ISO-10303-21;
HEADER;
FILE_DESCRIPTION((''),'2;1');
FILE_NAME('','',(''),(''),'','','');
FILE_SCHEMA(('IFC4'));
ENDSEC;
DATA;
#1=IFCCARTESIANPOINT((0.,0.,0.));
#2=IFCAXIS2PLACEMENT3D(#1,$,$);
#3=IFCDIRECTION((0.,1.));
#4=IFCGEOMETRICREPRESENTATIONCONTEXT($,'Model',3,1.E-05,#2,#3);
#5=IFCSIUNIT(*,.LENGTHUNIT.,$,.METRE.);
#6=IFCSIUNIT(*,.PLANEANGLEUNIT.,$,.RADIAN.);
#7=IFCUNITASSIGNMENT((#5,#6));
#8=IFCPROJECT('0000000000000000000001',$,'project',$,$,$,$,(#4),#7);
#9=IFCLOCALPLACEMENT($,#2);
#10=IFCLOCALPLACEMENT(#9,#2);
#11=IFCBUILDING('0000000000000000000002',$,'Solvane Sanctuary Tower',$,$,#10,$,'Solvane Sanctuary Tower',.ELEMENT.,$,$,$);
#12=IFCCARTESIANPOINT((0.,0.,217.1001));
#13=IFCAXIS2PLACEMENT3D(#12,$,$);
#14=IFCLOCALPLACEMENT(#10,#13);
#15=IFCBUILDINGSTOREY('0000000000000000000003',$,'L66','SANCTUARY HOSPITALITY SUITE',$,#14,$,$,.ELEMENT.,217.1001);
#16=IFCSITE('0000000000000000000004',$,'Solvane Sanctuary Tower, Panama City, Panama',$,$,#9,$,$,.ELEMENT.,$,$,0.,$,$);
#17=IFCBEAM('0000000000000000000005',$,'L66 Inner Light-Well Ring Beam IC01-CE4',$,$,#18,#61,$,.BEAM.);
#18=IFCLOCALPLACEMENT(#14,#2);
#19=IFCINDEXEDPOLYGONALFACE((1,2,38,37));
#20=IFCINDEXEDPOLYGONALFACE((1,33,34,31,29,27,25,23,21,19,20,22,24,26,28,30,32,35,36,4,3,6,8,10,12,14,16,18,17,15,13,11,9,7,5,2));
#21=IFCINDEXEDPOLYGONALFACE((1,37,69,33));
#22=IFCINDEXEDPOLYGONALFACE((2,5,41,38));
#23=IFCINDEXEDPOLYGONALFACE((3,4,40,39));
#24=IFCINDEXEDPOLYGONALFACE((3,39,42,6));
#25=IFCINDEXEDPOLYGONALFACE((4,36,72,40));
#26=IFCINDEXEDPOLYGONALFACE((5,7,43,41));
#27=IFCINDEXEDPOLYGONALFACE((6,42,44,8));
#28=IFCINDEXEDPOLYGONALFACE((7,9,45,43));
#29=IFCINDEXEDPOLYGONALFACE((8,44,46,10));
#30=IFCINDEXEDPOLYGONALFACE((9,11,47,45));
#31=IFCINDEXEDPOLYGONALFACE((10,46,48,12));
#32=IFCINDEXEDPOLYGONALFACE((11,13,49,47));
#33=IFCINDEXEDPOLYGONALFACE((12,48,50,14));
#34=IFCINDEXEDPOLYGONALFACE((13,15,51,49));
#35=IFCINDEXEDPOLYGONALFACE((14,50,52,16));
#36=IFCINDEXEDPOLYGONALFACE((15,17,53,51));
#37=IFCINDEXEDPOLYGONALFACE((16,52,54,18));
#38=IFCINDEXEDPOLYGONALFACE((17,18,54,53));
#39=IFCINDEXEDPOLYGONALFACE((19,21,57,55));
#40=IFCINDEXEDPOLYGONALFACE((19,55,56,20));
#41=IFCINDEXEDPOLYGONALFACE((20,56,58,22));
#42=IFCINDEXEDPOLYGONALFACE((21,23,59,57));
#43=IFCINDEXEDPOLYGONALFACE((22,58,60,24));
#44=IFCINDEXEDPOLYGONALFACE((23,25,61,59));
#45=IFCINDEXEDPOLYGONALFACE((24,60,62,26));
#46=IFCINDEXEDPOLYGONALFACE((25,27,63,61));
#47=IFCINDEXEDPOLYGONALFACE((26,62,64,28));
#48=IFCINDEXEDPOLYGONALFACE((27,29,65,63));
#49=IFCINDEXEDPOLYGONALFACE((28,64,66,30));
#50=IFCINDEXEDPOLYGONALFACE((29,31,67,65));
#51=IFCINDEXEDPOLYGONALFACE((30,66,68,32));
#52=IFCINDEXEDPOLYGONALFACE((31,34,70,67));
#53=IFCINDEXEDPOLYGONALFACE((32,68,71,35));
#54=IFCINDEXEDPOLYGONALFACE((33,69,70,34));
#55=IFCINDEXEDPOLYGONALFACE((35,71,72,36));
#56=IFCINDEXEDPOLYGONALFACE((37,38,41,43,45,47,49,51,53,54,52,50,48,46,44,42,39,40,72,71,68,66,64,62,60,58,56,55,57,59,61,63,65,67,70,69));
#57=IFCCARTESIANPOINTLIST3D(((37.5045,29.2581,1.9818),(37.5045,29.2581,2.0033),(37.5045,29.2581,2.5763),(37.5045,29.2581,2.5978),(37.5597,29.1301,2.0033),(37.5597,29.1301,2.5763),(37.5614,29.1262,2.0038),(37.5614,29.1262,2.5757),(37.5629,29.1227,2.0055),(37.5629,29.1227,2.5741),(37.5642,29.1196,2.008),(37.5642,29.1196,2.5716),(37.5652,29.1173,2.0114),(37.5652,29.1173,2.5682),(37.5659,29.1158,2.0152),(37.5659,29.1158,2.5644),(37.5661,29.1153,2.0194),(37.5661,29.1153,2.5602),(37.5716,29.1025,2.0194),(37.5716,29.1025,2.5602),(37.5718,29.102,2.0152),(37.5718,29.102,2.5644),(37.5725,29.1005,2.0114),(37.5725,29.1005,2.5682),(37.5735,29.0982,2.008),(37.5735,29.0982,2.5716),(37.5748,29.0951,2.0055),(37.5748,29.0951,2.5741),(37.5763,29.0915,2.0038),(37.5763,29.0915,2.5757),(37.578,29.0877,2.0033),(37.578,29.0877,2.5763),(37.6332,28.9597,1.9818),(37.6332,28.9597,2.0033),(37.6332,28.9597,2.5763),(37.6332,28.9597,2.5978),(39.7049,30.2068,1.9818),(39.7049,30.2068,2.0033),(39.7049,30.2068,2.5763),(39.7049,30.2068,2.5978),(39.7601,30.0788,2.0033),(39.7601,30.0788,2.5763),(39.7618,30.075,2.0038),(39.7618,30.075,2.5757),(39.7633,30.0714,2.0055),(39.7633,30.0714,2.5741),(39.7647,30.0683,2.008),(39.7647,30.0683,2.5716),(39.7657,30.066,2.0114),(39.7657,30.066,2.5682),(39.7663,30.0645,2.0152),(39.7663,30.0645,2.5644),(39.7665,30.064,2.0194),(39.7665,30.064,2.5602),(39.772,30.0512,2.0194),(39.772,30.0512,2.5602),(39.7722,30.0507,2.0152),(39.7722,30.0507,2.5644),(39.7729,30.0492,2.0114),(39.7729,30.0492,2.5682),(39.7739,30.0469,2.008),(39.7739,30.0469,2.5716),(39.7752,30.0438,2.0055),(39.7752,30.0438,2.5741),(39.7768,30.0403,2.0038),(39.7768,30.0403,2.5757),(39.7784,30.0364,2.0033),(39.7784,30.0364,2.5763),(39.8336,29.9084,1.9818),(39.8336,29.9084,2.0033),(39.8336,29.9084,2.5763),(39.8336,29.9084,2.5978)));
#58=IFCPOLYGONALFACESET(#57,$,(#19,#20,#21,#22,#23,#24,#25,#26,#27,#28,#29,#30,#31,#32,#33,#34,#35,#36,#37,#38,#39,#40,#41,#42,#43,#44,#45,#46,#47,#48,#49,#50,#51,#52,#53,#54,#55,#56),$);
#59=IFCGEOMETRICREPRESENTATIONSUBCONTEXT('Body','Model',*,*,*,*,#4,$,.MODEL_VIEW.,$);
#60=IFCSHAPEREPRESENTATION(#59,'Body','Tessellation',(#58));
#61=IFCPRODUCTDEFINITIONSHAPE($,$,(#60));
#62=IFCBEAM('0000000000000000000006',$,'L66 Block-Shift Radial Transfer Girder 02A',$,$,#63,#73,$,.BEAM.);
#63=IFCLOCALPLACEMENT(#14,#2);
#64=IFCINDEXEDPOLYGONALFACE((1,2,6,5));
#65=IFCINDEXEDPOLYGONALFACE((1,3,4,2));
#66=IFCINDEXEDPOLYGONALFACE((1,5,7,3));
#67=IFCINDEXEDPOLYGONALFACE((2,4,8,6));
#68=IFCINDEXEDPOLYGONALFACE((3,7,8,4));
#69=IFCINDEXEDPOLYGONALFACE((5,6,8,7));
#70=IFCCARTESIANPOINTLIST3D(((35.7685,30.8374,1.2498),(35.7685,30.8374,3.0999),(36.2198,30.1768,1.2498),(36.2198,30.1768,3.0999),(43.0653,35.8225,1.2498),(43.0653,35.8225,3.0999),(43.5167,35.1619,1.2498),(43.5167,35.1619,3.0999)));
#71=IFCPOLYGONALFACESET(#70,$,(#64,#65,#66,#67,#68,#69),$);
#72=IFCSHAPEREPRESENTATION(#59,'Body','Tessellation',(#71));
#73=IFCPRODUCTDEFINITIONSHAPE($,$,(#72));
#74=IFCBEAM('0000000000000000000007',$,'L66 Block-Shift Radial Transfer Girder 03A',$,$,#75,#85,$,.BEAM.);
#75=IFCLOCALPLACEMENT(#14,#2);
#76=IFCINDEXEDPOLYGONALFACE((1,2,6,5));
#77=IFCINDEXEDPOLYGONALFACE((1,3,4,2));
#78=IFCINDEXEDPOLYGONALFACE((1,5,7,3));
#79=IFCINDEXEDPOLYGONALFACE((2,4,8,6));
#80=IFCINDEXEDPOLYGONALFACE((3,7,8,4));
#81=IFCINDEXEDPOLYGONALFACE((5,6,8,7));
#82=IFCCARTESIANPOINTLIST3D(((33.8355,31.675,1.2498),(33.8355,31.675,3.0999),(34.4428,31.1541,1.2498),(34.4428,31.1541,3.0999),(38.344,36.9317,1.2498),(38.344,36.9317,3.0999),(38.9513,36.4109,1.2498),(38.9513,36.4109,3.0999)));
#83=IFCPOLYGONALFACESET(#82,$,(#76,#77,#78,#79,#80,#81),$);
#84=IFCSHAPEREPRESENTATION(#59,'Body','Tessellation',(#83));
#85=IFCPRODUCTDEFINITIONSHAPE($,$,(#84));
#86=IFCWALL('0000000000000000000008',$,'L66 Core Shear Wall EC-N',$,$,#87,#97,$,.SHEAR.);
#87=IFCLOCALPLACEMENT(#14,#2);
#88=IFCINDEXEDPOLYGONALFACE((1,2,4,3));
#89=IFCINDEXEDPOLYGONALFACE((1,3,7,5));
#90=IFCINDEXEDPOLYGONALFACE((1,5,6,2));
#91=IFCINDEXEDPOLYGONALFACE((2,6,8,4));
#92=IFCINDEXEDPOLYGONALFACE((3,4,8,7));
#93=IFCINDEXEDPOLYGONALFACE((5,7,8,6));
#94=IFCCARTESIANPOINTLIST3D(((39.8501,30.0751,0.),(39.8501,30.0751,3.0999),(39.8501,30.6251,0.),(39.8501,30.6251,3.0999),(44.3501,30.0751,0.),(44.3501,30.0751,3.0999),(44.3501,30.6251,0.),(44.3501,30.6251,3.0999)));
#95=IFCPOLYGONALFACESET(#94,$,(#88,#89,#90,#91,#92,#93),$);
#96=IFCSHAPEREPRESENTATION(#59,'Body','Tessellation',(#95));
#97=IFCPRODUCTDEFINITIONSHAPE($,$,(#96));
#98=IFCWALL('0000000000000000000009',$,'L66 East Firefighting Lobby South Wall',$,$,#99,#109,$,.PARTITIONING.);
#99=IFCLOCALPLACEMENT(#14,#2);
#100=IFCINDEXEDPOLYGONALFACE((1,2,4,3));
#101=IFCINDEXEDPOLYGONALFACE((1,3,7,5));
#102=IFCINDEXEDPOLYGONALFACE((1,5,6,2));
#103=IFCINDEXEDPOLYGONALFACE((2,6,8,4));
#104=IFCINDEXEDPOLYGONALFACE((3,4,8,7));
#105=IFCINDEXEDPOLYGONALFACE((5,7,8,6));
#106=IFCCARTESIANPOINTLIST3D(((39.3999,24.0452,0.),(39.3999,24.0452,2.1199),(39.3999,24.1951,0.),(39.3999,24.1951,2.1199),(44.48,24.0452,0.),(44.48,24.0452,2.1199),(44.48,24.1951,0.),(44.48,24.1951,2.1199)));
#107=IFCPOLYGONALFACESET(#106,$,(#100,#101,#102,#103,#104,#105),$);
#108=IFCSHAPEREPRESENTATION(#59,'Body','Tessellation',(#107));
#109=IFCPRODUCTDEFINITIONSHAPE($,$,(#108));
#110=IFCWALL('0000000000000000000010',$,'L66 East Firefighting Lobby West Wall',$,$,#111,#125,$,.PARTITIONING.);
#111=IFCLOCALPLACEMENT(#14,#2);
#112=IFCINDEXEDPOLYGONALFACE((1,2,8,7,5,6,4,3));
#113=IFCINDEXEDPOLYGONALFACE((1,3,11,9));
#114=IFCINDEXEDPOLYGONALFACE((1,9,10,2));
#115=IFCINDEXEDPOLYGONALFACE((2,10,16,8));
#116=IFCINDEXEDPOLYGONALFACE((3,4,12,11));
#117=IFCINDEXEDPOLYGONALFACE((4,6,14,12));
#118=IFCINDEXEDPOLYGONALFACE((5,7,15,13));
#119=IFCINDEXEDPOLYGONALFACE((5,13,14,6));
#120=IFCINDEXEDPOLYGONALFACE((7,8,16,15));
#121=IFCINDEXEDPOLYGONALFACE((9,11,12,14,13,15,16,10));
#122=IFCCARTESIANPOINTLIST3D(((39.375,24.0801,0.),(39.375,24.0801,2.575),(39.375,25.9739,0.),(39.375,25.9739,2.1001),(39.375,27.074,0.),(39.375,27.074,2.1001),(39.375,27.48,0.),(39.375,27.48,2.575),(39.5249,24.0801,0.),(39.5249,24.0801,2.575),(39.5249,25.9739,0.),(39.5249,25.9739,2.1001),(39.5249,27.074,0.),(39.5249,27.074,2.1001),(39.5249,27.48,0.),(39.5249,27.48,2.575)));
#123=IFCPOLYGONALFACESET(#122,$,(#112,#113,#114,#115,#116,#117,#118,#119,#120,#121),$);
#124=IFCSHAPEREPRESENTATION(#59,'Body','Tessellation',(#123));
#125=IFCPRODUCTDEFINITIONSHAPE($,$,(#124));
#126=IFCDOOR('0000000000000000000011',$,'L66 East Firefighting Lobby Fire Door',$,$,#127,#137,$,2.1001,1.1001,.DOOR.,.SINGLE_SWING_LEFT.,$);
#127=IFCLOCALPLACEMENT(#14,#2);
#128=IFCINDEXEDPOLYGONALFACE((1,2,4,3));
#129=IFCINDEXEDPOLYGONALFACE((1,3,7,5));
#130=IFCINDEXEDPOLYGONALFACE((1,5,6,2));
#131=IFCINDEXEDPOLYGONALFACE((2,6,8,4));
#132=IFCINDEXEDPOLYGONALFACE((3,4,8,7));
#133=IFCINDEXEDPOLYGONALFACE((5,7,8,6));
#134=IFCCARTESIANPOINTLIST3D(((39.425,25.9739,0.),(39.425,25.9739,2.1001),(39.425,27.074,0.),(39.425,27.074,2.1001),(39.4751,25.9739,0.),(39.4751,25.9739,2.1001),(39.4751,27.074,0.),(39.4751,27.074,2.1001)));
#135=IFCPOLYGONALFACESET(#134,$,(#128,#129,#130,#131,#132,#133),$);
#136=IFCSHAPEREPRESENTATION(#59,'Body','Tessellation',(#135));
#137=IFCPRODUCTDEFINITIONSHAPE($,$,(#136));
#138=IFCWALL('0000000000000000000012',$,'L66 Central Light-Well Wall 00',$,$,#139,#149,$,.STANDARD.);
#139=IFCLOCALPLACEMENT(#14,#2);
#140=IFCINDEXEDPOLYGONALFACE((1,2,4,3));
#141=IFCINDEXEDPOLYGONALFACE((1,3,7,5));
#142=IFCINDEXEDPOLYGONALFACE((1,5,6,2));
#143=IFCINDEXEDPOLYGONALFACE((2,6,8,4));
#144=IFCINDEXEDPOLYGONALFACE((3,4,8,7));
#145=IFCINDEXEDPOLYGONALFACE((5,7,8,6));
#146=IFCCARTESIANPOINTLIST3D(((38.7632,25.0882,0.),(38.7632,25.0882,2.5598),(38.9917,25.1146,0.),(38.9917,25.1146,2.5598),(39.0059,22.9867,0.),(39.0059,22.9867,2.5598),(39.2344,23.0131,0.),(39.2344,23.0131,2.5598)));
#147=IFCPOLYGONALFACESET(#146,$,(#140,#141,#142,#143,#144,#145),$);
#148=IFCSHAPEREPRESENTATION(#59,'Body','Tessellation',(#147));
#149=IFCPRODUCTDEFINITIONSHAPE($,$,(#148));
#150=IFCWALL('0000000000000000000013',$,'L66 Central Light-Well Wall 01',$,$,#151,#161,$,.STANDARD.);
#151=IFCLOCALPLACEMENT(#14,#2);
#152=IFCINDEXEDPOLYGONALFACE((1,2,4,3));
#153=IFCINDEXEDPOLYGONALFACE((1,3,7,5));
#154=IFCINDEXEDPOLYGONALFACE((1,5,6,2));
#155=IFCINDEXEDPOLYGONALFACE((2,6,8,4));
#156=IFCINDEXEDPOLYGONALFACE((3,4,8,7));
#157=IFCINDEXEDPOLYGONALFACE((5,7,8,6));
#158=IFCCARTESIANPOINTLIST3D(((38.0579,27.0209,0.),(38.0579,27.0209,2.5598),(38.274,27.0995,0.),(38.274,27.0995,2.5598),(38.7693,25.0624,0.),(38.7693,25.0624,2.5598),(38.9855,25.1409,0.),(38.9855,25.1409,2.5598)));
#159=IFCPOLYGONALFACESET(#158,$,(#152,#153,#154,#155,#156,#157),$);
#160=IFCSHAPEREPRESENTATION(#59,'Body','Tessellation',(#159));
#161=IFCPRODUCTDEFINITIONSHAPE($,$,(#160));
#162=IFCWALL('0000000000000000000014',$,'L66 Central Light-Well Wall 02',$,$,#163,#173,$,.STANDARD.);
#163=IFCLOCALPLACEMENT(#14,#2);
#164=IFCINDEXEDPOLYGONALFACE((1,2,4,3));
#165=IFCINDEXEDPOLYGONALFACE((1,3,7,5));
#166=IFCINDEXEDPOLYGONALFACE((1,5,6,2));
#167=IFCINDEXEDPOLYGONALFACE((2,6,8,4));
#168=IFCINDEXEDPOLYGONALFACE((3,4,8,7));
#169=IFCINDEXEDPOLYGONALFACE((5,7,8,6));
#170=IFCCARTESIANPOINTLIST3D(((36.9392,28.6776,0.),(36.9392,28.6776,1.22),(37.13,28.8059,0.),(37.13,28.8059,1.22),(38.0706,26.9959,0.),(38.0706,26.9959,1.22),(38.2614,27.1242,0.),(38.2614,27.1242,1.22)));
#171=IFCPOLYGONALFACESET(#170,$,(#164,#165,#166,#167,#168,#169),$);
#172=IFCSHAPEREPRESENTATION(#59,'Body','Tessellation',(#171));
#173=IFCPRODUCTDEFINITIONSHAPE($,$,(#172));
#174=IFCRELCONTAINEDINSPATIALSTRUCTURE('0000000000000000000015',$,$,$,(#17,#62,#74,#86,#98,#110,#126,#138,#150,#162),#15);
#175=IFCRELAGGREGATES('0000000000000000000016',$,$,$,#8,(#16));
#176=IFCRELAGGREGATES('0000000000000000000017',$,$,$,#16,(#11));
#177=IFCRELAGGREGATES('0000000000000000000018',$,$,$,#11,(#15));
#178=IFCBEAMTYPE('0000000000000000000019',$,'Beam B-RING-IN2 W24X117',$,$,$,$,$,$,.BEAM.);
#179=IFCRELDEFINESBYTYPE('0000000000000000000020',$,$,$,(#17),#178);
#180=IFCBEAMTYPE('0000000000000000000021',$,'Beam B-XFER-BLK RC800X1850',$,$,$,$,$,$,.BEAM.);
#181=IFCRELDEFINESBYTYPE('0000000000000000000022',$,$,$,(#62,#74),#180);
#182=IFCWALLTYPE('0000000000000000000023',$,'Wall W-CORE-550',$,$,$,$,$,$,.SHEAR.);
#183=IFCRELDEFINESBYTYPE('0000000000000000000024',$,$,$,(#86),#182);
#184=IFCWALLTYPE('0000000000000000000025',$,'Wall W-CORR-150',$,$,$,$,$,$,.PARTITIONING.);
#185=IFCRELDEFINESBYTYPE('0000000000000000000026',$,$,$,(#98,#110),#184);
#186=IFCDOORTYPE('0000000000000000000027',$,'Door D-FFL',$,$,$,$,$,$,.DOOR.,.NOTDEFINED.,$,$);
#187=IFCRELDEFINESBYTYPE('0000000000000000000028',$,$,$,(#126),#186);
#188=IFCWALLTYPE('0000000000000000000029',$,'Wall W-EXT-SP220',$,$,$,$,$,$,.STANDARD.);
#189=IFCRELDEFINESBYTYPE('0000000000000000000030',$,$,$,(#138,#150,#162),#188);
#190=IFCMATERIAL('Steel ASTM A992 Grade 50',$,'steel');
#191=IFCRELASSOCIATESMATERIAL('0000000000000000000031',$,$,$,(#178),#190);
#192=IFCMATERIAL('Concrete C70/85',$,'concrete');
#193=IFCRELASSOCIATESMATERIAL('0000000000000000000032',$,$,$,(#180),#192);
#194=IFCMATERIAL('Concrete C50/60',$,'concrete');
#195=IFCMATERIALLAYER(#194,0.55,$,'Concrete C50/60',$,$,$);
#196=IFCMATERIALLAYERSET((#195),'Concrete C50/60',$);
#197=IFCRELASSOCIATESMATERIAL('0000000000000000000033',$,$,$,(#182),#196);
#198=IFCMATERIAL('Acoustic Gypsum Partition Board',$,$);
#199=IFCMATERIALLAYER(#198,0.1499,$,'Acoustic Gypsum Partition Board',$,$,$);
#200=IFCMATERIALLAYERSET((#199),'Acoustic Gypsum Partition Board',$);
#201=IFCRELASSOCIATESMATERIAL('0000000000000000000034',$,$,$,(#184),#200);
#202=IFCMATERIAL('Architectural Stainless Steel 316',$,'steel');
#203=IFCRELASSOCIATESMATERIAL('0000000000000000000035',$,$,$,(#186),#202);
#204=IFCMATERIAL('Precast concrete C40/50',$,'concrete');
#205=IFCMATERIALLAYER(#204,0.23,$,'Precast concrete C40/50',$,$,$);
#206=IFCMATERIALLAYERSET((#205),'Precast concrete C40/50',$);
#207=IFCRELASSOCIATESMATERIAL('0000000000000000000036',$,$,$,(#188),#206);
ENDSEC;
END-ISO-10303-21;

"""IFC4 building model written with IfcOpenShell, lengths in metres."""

from ifc_helpers import new_model, si_unit, direction, frame, frame_2d, origin, origin_2d, place, context, subcontext, project, spatial, rectangle, i_section, extrude, material, layer, layer_set, material_profile, profile_set, type_object, element, fill, save


model = new_model("IFC4")

# Units and contexts
model_context = context("Model", 3, precision=1e-05, world=origin(), true_north=direction((0.0, 1.0)))
body_context = subcontext(model_context, "Body", "Model", "MODEL_VIEW")
ifc_project = project(units=[si_unit("LENGTHUNIT", "METRE"), si_unit("PLANEANGLEUNIT", "RADIAN")], contexts=[model_context])

# Site, building, storey
site_placement = place(None, origin())
site = spatial("IfcSite", under=ifc_project, at=site_placement, Name="Solvane Sanctuary Tower, Panama City, Panama", CompositionType="ELEMENT", RefElevation=0.0)
building_placement = place(site_placement, origin())
building = spatial("IfcBuilding", under=site, at=building_placement, Name="Solvane Sanctuary Tower", LongName="Solvane Sanctuary Tower", CompositionType="ELEMENT")
storey_placement = place(building_placement, frame((0.0, 0.0, 217.1001)))
storey = spatial("IfcBuildingStorey", under=building, at=storey_placement, Name="L66", Description="SANCTUARY HOSPITALITY SUITE", CompositionType="ELEMENT", Elevation=217.1001)

# Shared definitions
ifc_material_1 = material(Name="Concrete C50/60", Category="concrete")

# Beams
ifc_material_2 = material(Name="Steel ASTM A992 Grade 50", Category="steel")
ifc_material_profile_1 = material_profile(ifc_material_2, i_section(OverallWidth=0.325, OverallDepth=0.616, WebThickness=0.0139, FlangeThickness=0.0215, FilletRadius=0.0161, at=origin_2d()), Name="W24X117")
ifc_profile_set_1 = profile_set([ifc_material_profile_1], Name="Steel ASTM A992 Grade 50")
beam_type_1 = type_object("IfcBeamType", Name="Beam B-RING-IN2 W24X117", PredefinedType="BEAM", material=ifc_profile_set_1)
beam_1_placement = place(storey_placement, frame((37.5688, 29.1089, 2.2898), z_axis=(0.918284, 0.395923, 0.0), x_axis=(-0.395923, 0.918284, 0.0)))
element("IfcBeam", 1, at=beam_1_placement, inside=storey, type_object=beam_type_1, Name="L66 Inner Light-Well Ring Beam IC01-CE4", PredefinedType="BEAM", context=body_context, shape_type="SweptSolid", body=[
    extrude(i_section(OverallWidth=0.325, OverallDepth=0.616, WebThickness=0.0139, FlangeThickness=0.0215, FilletRadius=0.0161, at=origin_2d()), origin(), (0.0, 0.0, 1.0), 2.3962),
])
ifc_material_3 = material(Name="Concrete C70/85", Category="concrete")
ifc_material_profile_2 = material_profile(ifc_material_3, rectangle(XDim=0.8, YDim=1.8501, at=origin_2d()), Name="RC800X1850")
ifc_profile_set_2 = profile_set([ifc_material_profile_2], Name="Concrete C70/85")
beam_type_2 = type_object("IfcBeamType", Name="Beam B-XFER-BLK RC800X1850", PredefinedType="BEAM", material=ifc_profile_set_2)
beam_2_placement = place(storey_placement, frame((35.9941, 30.5071, 2.1748), z_axis=(0.825702, 0.564106, 0.0), x_axis=(-0.564106, 0.825702, 0.0)))
element("IfcBeam", 2, at=beam_2_placement, inside=storey, type_object=beam_type_2, Name="L66 Block-Shift Radial Transfer Girder 02A", PredefinedType="BEAM", context=body_context, shape_type="SweptSolid", body=[
    extrude(rectangle(XDim=0.8, YDim=1.8501, at=origin_2d()), origin(), (0.0, 0.0, 1.0), 8.8372),
])
beam_3_placement = place(storey_placement, frame((34.1392, 31.4146, 2.1748), z_axis=(0.651015, 0.759065, 0.0), x_axis=(-0.759065, 0.651015, 0.0)))
element("IfcBeam", 3, at=beam_3_placement, inside=storey, type_object=beam_type_2, Name="L66 Block-Shift Radial Transfer Girder 03A", PredefinedType="BEAM", context=body_context, shape_type="SweptSolid", body=[
    extrude(rectangle(XDim=0.8, YDim=1.8501, at=origin_2d()), origin(), (0.0, 0.0, 1.0), 6.9253),
])

# Walls
ifc_layer_1 = layer(ifc_material_1, 0.55, Name="Concrete C50/60")
ifc_layer_set_1 = layer_set([ifc_layer_1], Name="Concrete C50/60")
wall_type_1 = type_object("IfcWallType", Name="Wall W-CORE-550", PredefinedType="SHEAR", material=ifc_layer_set_1)
wall_1_placement = place(storey_placement, frame((39.8501, 30.3501, 0.0), z_axis=(0.0, 0.0, 1.0), x_axis=(1.0, 0.0, 0.0)))
element("IfcWall", 4, at=wall_1_placement, inside=storey, type_object=wall_type_1, Name="L66 Core Shear Wall EC-N", PredefinedType="SHEAR", context=body_context, shape_type="SweptSolid", body=[
    extrude(rectangle(XDim=4.5, YDim=0.55, at=frame_2d((2.25, 0.0))), origin(), (0.0, 0.0, 1.0), 3.0999),
])
ifc_material_4 = material(Name="Acoustic Gypsum Partition Board")
ifc_layer_2 = layer(ifc_material_4, 0.1499, Name="Acoustic Gypsum Partition Board")
ifc_layer_set_2 = layer_set([ifc_layer_2], Name="Acoustic Gypsum Partition Board")
wall_type_2 = type_object("IfcWallType", Name="Wall W-CORR-150", PredefinedType="PARTITIONING", material=ifc_layer_set_2)
wall_2_placement = place(storey_placement, frame((39.3999, 24.1201, 0.0), z_axis=(0.0, 0.0, 1.0), x_axis=(1.0, 0.0, 0.0)))
element("IfcWall", 5, at=wall_2_placement, inside=storey, type_object=wall_type_2, Name="L66 East Firefighting Lobby South Wall", PredefinedType="PARTITIONING", context=body_context, shape_type="SweptSolid", body=[
    extrude(rectangle(XDim=5.0801, YDim=0.1499, at=frame_2d((2.54, 0.0))), origin(), (0.0, 0.0, 1.0), 2.1199),
])

# Wall, opening, door
wall_3_placement = place(storey_placement, frame((39.45, 24.0801, 0.0), z_axis=(0.0, 0.0, 1.0), x_axis=(0.0, 1.0, 0.0)))
wall_3 = element("IfcWall", 6, at=wall_3_placement, inside=storey, type_object=wall_type_2, Name="L66 East Firefighting Lobby West Wall", PredefinedType="PARTITIONING", context=body_context, shape_type="SweptSolid", body=[
    extrude(rectangle(XDim=3.3999, YDim=0.1499, at=frame_2d((1.7, 0.0))), origin(), (0.0, 0.0, 1.0), 2.575),
])
opening_placement = place(wall_3_placement, frame((1.8938, 0.0, 0.0)))
opening = element("IfcOpeningElement", 7, at=opening_placement, cuts=wall_3, PredefinedType="OPENING", context=body_context, shape_type="SweptSolid", body=[
    extrude(rectangle(XDim=1.1001, YDim=2.1001, at=frame_2d((0.55, 1.05))), frame((0.0, 0.085, 0.0), z_axis=(0.0, -1.0, 0.0), x_axis=(1.0, 0.0, 0.0)), (0.0, 0.0, 1.0), 0.1699),
])
ifc_material_5 = material(Name="Architectural Stainless Steel 316", Category="steel")
door_type = type_object("IfcDoorType", Name="Door D-FFL", OperationType="NOTDEFINED", PredefinedType="DOOR", material=ifc_material_5)
door_placement = place(opening_placement, origin())
door = element("IfcDoor", 8, at=door_placement, inside=storey, type_object=door_type, Name="L66 East Firefighting Lobby Fire Door", OperationType="SINGLE_SWING_LEFT", OverallHeight=2.1001, OverallWidth=1.1001, PredefinedType="DOOR", context=body_context, shape_type="SweptSolid", body=[
    extrude(rectangle(XDim=1.1001, YDim=2.1001, at=frame_2d((0.55, 1.05))), frame((0.0, 0.0249, 0.0), z_axis=(0.0, -1.0, 0.0), x_axis=(1.0, 0.0, 0.0)), (0.0, 0.0, 1.0), 0.05),
])
fill(opening, door)

# Walls
ifc_material_6 = material(Name="Precast concrete C40/50", Category="concrete")
ifc_layer_3 = layer(ifc_material_6, 0.23, Name="Precast concrete C40/50")
ifc_layer_set_3 = layer_set([ifc_layer_3], Name="Precast concrete C40/50")
wall_type_3 = type_object("IfcWallType", Name="Wall W-EXT-SP220", PredefinedType="STANDARD", material=ifc_layer_set_3)
wall_4_placement = place(storey_placement, frame((39.1201, 23.0, 0.0), z_axis=(0.0, 0.0, 1.0), x_axis=(-0.114712, 0.993399, 0.0)))
element("IfcWall", 9, at=wall_4_placement, inside=storey, type_object=wall_type_3, Name="L66 Central Light-Well Wall 00", PredefinedType="STANDARD", context=body_context, shape_type="SweptSolid", body=[
    extrude(rectangle(XDim=2.1155, YDim=0.23, at=frame_2d((1.0576, 0.0))), origin(), (0.0, 0.0, 1.0), 2.5598),
])
wall_5_placement = place(storey_placement, frame((38.8774, 25.1016, 0.0), z_axis=(0.0, 0.0, 1.0), x_axis=(-0.341423, 0.93991, 0.0)))
element("IfcWall", 10, at=wall_5_placement, inside=storey, type_object=wall_type_3, Name="L66 Central Light-Well Wall 01", PredefinedType="STANDARD", context=body_context, shape_type="SweptSolid", body=[
    extrude(rectangle(XDim=2.0837, YDim=0.23, at=frame_2d((1.042, 0.0))), origin(), (0.0, 0.0, 1.0), 2.5598),
])
wall_6_placement = place(storey_placement, frame((38.166, 27.0601, 0.0), z_axis=(0.0, 0.0, 1.0), x_axis=(-0.558198, 0.829708, 0.0)))
element("IfcWall", 11, at=wall_6_placement, inside=storey, type_object=wall_type_3, Name="L66 Central Light-Well Wall 02", PredefinedType="STANDARD", context=body_context, shape_type="SweptSolid", body=[
    extrude(rectangle(XDim=2.0269, YDim=0.23, at=frame_2d((1.0134, 0.0))), origin(), (0.0, 0.0, 1.0), 1.22),
])

save(model, "model.ifc")
